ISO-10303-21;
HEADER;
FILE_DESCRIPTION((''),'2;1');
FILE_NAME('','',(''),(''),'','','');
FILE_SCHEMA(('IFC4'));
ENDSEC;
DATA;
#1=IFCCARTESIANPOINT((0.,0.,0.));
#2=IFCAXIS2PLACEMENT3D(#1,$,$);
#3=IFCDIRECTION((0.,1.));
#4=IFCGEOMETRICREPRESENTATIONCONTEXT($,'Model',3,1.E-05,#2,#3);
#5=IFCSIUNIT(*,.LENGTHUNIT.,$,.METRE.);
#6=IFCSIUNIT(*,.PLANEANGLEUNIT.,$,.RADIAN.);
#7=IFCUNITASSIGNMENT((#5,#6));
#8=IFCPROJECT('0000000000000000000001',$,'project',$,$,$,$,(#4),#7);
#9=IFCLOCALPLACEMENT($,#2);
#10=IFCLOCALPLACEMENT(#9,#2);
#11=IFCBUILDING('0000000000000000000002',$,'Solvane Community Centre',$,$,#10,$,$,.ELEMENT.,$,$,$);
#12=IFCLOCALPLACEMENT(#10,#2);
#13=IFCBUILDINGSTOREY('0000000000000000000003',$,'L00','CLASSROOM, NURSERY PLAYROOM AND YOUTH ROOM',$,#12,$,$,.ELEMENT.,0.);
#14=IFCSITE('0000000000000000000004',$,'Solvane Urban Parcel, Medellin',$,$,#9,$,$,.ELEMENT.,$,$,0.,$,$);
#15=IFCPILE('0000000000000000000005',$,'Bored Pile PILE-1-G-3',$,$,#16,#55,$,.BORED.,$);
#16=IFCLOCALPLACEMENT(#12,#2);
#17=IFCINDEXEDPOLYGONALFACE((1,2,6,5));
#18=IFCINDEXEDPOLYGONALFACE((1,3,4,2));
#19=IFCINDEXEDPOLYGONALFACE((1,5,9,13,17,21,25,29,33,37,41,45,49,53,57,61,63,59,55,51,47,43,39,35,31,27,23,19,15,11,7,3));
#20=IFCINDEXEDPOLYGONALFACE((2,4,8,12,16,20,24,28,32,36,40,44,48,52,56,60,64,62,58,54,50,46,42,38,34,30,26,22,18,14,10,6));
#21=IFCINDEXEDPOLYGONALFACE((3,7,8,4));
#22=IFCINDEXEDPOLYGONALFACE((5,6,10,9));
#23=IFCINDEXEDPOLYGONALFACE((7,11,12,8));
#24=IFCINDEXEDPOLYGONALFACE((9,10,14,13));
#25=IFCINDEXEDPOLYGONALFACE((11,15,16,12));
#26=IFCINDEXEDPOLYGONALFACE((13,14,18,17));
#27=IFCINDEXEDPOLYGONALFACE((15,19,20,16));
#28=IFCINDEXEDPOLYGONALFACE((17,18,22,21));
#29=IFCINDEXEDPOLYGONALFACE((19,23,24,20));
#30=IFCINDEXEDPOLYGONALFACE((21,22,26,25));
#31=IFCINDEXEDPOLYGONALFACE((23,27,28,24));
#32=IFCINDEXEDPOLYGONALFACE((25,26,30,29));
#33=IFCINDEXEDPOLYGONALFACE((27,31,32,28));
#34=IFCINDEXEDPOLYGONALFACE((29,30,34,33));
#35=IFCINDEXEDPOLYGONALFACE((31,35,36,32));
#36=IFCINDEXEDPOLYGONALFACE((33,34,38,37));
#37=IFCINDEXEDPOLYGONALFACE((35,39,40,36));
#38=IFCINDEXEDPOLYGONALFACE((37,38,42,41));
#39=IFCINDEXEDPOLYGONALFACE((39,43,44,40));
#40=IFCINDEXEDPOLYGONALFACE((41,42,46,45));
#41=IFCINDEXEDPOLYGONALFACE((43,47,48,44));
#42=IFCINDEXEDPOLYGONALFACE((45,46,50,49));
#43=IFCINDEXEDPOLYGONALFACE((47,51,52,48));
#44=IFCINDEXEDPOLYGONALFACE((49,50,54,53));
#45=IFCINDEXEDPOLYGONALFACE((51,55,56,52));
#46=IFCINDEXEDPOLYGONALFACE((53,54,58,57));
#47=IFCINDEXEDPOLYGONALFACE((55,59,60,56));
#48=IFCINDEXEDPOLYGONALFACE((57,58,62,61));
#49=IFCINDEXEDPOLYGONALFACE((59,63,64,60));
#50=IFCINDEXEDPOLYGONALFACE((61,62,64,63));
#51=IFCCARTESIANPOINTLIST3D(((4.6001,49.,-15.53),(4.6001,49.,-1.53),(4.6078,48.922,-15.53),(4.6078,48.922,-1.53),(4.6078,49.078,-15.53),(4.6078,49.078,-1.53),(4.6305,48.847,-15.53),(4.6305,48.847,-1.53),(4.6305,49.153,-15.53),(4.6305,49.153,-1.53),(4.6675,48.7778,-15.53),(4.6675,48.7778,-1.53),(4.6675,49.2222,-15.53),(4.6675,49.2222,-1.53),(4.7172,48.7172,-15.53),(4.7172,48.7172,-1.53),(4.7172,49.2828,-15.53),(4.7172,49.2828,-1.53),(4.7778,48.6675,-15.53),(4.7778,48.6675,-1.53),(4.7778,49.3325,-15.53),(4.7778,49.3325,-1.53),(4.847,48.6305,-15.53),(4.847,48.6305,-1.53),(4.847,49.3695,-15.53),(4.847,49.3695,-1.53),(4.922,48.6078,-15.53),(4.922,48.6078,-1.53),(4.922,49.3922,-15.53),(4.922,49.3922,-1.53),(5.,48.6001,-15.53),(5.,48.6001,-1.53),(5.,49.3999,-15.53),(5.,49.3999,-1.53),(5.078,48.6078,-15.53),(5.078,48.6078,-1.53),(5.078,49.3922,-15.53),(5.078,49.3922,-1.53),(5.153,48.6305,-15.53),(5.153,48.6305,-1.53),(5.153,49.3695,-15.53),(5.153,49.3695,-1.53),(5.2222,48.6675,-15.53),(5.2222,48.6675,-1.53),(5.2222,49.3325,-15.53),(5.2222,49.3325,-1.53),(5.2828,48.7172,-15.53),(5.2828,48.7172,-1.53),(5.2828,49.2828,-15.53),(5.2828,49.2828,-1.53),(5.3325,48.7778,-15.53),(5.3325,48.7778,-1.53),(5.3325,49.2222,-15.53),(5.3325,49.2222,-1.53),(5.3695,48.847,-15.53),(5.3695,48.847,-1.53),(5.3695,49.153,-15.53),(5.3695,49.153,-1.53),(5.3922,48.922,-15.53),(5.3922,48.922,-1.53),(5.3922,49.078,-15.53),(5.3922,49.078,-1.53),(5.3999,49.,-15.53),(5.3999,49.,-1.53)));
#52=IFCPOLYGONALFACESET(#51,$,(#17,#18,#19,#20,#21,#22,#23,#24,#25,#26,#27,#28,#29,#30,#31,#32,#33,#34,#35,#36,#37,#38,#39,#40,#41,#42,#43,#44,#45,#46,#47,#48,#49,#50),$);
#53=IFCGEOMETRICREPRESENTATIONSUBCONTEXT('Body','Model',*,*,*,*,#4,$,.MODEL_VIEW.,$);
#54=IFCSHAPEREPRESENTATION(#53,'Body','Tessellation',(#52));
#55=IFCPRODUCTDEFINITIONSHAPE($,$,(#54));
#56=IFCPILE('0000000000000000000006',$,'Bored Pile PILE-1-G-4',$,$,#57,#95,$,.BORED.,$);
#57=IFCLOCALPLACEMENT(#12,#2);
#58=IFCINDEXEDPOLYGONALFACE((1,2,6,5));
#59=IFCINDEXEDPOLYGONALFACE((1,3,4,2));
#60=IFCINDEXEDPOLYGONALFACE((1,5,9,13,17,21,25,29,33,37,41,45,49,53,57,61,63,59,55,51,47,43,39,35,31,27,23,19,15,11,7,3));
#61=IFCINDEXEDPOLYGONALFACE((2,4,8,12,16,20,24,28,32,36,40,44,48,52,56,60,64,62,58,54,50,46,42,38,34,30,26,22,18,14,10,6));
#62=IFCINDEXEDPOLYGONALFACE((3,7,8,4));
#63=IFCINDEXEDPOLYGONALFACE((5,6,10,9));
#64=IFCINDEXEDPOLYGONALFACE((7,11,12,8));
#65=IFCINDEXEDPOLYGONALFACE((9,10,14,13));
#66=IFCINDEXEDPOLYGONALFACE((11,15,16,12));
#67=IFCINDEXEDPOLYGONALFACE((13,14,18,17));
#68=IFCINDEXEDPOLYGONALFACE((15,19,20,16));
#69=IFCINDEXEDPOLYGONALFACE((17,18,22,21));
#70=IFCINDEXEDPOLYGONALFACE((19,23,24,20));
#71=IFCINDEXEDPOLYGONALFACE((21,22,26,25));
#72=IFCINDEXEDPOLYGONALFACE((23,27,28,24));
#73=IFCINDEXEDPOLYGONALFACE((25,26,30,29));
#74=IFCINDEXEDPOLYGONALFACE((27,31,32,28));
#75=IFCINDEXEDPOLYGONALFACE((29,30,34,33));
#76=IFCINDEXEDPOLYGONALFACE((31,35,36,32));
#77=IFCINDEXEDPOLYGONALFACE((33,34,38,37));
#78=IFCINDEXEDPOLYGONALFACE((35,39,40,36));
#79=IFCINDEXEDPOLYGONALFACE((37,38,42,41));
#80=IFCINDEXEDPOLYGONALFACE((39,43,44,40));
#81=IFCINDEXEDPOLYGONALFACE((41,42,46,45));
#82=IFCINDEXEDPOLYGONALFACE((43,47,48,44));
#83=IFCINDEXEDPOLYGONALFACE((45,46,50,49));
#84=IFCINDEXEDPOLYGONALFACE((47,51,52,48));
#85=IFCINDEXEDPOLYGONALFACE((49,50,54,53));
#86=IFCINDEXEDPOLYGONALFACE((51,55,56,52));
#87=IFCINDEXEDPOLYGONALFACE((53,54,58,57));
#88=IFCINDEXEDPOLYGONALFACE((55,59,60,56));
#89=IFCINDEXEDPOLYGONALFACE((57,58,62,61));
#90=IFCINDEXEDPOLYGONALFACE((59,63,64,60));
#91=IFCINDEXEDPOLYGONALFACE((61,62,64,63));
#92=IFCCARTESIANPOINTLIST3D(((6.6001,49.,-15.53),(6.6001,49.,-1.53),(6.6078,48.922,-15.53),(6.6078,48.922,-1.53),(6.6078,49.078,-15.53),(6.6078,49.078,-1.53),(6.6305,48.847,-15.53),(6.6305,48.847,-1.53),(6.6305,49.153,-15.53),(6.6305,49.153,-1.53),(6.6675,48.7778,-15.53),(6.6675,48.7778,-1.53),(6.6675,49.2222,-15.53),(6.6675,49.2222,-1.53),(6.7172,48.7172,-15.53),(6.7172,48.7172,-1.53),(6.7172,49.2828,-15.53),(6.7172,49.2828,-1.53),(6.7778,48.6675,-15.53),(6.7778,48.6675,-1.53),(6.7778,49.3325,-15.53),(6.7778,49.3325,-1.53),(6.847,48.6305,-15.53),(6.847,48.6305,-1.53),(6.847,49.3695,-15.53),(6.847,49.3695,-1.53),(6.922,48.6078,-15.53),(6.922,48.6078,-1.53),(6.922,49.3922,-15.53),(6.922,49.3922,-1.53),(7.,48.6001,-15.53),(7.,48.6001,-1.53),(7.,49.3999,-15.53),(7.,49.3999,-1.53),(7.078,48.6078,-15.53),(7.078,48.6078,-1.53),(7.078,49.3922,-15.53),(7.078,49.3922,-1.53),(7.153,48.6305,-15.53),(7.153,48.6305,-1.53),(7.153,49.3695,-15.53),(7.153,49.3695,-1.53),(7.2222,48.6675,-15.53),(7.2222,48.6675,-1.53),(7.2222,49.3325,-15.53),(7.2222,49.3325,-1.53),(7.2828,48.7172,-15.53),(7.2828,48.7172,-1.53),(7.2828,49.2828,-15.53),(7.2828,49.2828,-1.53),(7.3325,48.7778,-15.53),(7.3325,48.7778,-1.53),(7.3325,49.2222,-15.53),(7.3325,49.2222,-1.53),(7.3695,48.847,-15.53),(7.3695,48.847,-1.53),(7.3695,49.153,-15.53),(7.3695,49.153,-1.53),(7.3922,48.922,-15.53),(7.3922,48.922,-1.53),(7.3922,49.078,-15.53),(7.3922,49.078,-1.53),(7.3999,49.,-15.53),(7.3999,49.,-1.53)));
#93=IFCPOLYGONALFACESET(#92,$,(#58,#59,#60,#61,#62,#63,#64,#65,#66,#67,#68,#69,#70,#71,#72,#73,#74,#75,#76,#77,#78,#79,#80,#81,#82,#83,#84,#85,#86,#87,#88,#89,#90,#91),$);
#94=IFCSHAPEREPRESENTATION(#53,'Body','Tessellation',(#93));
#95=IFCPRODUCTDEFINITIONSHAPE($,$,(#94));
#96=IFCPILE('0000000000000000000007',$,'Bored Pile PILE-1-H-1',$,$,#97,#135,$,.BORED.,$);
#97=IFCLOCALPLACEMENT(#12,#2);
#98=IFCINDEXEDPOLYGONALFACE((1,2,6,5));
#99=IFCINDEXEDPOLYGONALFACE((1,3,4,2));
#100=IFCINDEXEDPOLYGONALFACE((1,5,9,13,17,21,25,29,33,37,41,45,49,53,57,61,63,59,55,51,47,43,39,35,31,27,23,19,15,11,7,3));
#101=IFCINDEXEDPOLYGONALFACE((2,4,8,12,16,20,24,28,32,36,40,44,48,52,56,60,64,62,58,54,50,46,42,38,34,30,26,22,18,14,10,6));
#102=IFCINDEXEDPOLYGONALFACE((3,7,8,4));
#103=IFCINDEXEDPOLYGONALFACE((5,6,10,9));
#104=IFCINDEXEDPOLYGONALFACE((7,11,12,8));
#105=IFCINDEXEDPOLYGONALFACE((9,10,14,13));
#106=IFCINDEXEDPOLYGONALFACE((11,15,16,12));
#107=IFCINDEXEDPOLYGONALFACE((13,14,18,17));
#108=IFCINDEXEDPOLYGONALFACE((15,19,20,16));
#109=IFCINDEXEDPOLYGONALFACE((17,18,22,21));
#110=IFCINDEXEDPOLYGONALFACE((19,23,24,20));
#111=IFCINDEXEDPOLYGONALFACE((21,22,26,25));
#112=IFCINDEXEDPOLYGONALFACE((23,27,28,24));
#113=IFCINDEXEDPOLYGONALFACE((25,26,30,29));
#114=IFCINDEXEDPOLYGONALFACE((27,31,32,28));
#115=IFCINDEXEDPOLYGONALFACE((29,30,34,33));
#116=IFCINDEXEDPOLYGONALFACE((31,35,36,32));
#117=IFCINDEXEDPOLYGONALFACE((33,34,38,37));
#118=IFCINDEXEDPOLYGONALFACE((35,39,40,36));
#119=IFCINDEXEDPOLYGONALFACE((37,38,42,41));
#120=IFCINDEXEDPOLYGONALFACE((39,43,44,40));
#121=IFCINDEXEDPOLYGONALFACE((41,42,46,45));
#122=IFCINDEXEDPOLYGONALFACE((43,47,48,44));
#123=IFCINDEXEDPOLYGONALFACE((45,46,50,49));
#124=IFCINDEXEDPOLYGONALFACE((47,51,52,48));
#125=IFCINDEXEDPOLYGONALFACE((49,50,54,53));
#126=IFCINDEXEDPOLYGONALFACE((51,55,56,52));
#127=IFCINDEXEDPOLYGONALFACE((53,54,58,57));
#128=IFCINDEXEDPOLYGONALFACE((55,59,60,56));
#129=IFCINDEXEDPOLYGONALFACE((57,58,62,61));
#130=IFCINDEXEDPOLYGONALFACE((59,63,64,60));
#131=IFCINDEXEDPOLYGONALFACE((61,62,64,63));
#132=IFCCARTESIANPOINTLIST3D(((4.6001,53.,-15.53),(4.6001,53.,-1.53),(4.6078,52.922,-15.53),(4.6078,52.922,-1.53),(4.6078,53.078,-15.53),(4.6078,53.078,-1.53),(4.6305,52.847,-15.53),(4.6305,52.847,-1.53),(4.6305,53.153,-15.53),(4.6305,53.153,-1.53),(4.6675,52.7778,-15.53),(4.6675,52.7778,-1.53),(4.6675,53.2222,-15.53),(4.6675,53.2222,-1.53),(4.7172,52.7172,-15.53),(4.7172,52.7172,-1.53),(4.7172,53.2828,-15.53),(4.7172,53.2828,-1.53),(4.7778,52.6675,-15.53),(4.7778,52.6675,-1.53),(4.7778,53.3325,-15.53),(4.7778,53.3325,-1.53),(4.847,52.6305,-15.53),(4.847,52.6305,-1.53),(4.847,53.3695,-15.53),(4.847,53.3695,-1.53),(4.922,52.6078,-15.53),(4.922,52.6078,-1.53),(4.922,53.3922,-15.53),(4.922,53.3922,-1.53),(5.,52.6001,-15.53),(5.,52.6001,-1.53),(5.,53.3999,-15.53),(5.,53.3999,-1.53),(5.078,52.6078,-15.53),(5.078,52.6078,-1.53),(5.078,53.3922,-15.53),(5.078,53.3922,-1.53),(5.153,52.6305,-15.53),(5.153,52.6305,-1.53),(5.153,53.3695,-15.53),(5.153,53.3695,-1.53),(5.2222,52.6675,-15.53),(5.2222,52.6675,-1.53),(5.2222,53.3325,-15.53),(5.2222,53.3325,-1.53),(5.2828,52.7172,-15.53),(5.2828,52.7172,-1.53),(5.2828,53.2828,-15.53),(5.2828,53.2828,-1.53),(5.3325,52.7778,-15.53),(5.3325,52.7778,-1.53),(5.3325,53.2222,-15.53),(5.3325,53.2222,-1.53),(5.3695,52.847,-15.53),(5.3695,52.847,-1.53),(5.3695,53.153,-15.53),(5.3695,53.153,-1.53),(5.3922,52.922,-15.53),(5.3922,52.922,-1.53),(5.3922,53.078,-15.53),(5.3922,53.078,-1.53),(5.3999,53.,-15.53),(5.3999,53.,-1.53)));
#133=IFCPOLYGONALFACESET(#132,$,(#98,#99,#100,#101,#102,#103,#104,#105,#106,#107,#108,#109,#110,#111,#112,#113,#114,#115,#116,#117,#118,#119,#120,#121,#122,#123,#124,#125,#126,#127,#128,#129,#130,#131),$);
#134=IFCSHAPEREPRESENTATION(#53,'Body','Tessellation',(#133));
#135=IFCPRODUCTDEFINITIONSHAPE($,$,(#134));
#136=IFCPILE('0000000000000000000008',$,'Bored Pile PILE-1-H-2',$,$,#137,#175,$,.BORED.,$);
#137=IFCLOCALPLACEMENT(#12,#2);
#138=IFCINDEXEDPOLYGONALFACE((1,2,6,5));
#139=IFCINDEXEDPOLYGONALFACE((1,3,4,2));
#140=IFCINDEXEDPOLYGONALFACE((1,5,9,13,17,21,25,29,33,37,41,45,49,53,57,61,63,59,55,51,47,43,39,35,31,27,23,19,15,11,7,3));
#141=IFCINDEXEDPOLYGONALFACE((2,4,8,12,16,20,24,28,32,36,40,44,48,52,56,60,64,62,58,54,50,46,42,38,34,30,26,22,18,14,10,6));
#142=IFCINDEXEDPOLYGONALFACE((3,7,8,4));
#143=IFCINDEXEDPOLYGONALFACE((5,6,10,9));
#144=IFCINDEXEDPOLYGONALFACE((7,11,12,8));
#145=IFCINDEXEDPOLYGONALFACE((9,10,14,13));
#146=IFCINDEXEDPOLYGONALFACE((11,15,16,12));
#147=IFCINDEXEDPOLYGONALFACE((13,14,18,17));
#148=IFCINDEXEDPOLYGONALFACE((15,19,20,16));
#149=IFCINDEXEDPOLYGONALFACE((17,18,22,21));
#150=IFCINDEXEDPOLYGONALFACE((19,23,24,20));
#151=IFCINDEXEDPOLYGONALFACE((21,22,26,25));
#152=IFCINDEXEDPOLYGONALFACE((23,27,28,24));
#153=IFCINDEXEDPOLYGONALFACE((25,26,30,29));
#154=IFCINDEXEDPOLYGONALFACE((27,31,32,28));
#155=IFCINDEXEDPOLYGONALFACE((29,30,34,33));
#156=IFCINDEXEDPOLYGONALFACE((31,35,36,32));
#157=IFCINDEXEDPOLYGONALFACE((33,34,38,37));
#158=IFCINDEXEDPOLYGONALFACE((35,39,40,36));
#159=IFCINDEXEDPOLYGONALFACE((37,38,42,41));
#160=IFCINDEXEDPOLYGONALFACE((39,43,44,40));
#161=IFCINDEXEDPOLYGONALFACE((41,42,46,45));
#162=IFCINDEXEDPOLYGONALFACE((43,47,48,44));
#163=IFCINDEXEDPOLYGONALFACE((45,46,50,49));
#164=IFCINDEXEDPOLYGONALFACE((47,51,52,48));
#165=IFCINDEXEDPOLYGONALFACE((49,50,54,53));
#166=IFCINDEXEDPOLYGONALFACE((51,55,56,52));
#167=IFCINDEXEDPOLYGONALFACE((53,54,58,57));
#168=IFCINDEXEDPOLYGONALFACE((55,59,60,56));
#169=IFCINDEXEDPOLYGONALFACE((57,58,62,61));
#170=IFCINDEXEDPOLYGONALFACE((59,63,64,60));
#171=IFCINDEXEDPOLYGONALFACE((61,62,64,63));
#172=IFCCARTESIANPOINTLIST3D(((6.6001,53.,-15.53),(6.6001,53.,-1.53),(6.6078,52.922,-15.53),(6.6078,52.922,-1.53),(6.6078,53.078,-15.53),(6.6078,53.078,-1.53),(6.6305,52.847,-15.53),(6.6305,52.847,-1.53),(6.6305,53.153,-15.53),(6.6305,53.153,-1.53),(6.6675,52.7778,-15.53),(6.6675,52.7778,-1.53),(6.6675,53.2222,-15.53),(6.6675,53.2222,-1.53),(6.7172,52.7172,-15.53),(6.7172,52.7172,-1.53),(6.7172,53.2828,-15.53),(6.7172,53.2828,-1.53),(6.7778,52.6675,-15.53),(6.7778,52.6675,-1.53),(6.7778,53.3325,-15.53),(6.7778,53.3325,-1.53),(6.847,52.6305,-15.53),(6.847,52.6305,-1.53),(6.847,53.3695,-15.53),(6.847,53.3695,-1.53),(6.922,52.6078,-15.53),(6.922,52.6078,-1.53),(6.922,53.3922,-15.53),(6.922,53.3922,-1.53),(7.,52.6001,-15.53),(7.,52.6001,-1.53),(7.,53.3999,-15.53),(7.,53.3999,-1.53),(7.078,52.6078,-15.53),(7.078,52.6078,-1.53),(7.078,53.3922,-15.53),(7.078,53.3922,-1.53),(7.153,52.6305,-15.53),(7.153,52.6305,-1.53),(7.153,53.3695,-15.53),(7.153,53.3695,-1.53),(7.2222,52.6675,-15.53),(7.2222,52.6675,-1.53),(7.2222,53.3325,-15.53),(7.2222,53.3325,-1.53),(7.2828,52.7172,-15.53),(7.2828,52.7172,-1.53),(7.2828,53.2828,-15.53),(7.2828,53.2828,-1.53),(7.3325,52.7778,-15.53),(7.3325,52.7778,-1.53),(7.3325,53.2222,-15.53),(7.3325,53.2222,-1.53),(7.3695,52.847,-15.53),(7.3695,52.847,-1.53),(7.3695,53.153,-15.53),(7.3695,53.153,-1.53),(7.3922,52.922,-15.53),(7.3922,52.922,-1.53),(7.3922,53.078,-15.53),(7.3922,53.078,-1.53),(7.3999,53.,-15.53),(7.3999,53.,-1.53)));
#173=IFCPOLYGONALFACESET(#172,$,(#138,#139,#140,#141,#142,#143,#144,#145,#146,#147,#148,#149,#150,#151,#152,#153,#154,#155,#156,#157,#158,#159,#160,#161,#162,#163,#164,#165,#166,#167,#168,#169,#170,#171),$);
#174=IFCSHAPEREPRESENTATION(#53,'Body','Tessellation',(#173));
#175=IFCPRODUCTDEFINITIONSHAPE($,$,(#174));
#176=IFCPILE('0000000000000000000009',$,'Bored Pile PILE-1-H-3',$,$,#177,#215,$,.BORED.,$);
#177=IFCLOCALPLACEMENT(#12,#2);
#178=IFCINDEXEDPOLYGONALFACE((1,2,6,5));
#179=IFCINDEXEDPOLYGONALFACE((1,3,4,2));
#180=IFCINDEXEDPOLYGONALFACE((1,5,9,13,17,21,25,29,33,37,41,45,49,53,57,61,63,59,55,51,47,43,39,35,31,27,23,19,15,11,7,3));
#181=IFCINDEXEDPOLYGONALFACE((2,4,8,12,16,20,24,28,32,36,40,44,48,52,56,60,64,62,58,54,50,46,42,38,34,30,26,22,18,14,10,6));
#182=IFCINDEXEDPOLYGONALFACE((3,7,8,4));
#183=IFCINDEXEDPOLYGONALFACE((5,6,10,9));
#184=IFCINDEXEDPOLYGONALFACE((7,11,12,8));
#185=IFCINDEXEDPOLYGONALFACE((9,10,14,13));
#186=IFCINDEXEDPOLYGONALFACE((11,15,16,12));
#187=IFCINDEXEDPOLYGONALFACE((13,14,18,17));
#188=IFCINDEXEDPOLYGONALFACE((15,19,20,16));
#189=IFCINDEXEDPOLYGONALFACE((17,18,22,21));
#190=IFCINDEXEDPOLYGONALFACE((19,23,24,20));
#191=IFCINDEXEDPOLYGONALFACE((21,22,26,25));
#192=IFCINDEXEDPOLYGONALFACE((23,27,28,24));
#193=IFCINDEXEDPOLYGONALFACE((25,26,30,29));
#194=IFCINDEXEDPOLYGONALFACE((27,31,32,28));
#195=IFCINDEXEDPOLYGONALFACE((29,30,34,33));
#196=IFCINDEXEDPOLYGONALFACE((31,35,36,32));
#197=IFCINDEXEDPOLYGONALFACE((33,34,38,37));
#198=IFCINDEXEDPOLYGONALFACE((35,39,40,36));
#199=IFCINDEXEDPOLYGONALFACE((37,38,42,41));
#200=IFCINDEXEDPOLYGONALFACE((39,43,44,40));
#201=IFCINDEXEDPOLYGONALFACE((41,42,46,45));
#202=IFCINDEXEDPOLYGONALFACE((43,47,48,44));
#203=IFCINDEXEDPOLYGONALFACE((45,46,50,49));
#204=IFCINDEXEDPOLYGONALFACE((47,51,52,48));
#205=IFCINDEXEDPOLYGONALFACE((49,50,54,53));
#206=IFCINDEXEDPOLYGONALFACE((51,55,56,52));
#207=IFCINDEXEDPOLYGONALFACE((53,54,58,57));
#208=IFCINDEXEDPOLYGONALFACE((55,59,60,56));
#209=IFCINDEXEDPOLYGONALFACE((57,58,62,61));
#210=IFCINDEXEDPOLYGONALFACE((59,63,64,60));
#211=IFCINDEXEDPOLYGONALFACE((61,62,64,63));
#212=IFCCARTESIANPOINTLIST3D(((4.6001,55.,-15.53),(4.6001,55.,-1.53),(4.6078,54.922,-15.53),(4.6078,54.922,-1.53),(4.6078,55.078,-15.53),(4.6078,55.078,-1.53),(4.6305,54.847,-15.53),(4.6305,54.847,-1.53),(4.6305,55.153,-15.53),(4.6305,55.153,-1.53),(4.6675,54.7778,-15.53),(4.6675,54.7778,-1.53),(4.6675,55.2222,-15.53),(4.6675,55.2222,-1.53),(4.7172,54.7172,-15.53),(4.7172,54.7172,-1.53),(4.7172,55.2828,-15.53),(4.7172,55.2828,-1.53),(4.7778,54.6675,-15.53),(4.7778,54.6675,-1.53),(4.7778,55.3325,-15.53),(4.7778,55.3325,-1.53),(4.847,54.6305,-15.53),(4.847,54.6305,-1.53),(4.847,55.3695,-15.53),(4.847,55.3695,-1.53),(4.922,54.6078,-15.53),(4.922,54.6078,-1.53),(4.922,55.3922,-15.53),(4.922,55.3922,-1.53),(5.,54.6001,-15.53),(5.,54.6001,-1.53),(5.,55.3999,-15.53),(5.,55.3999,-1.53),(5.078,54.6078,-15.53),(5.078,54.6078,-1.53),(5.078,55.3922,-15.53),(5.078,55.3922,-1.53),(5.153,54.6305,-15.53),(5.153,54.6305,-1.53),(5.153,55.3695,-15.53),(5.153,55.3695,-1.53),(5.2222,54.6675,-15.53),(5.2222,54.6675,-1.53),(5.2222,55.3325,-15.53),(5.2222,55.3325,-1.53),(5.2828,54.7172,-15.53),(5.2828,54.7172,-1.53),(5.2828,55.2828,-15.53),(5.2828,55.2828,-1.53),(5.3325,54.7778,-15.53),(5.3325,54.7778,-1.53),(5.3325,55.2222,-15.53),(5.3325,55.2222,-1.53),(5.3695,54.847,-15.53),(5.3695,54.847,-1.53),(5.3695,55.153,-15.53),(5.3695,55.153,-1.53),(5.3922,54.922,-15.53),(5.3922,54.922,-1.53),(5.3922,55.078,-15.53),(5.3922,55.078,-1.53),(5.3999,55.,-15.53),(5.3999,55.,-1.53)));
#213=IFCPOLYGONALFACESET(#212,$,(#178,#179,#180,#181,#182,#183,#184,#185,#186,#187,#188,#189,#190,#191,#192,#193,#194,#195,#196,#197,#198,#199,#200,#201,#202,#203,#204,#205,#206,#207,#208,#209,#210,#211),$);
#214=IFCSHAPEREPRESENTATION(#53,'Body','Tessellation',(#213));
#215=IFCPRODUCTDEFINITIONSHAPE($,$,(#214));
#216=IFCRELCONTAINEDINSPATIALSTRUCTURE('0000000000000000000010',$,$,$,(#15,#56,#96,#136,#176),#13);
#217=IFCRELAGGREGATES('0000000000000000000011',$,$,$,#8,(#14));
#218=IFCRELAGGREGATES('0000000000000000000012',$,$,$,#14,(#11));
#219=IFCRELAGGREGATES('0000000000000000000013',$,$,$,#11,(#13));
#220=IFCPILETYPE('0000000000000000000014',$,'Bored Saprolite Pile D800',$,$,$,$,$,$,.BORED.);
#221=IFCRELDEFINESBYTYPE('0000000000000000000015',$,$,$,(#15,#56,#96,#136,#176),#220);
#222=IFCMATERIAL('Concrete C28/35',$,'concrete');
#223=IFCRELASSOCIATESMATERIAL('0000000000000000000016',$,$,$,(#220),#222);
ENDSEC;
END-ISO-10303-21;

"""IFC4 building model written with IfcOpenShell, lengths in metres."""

from ifc_helpers import new_model, si_unit, direction, frame, origin, origin_2d, place, context, subcontext, project, spatial, circle, extrude, material, material_profile, profile_set, type_object, element, save


model = new_model("IFC4")

# Units and contexts
model_context = context("Model", 3, precision=1e-05, world=origin(), true_north=direction((0.0, 1.0)))
body_context = subcontext(model_context, "Body", "Model", "MODEL_VIEW")
ifc_project = project(units=[si_unit("LENGTHUNIT", "METRE"), si_unit("PLANEANGLEUNIT", "RADIAN")], contexts=[model_context])

# Site, building, storey
site_placement = place(None, origin())
site = spatial("IfcSite", under=ifc_project, at=site_placement, Name="Solvane Urban Parcel, Medellin", CompositionType="ELEMENT", RefElevation=0.0)
building_placement = place(site_placement, origin())
building = spatial("IfcBuilding", under=site, at=building_placement, Name="Solvane Community Centre", CompositionType="ELEMENT")
storey_placement = place(building_placement, origin())
storey = spatial("IfcBuildingStorey", under=building, at=storey_placement, Name="L00", Description="CLASSROOM, NURSERY PLAYROOM AND YOUTH ROOM", CompositionType="ELEMENT", Elevation=0.0)

# Piles
ifc_material_1 = material(Name="Concrete C28/35", Category="concrete")
ifc_material_profile_1 = material_profile(ifc_material_1, circle(Radius=0.3999, at=origin_2d()), Name="PILE D800")
ifc_profile_set_1 = profile_set([ifc_material_profile_1], Name="Concrete C28/35")
pile_type = type_object("IfcPileType", Name="Bored Saprolite Pile D800", PredefinedType="BORED", material=ifc_profile_set_1)
for number, where, z_axis, x_axis, name in (
    (1, (5.0, 49.0, -1.53), (0.0, 0.0, -1.0), (1.0, 0.0, 0.0), "Bored Pile PILE-1-G-3"),
    (2, (7.0, 49.0, -1.53), (0.0, 0.0, -1.0), (1.0, 0.0, 0.0), "Bored Pile PILE-1-G-4"),
    (3, (5.0, 53.0, -1.53), (0.0, 0.0, -1.0), (1.0, 0.0, 0.0), "Bored Pile PILE-1-H-1"),
    (4, (7.0, 53.0, -1.53), (0.0, 0.0, -1.0), (1.0, 0.0, 0.0), "Bored Pile PILE-1-H-2"),
    (5, (5.0, 55.0, -1.53), (0.0, 0.0, -1.0), (1.0, 0.0, 0.0), "Bored Pile PILE-1-H-3"),
):
    element("IfcPile", number, at=place(storey_placement, frame(where, z_axis=z_axis, x_axis=x_axis)), inside=storey, type_object=pile_type, Name=name, PredefinedType="BORED", context=body_context, shape_type="SweptSolid", body=[
        extrude(circle(Radius=0.3999, at=origin_2d()), origin(), (0.0, 0.0, 1.0), 14.0),
    ])

save(model, "model.ifc")
